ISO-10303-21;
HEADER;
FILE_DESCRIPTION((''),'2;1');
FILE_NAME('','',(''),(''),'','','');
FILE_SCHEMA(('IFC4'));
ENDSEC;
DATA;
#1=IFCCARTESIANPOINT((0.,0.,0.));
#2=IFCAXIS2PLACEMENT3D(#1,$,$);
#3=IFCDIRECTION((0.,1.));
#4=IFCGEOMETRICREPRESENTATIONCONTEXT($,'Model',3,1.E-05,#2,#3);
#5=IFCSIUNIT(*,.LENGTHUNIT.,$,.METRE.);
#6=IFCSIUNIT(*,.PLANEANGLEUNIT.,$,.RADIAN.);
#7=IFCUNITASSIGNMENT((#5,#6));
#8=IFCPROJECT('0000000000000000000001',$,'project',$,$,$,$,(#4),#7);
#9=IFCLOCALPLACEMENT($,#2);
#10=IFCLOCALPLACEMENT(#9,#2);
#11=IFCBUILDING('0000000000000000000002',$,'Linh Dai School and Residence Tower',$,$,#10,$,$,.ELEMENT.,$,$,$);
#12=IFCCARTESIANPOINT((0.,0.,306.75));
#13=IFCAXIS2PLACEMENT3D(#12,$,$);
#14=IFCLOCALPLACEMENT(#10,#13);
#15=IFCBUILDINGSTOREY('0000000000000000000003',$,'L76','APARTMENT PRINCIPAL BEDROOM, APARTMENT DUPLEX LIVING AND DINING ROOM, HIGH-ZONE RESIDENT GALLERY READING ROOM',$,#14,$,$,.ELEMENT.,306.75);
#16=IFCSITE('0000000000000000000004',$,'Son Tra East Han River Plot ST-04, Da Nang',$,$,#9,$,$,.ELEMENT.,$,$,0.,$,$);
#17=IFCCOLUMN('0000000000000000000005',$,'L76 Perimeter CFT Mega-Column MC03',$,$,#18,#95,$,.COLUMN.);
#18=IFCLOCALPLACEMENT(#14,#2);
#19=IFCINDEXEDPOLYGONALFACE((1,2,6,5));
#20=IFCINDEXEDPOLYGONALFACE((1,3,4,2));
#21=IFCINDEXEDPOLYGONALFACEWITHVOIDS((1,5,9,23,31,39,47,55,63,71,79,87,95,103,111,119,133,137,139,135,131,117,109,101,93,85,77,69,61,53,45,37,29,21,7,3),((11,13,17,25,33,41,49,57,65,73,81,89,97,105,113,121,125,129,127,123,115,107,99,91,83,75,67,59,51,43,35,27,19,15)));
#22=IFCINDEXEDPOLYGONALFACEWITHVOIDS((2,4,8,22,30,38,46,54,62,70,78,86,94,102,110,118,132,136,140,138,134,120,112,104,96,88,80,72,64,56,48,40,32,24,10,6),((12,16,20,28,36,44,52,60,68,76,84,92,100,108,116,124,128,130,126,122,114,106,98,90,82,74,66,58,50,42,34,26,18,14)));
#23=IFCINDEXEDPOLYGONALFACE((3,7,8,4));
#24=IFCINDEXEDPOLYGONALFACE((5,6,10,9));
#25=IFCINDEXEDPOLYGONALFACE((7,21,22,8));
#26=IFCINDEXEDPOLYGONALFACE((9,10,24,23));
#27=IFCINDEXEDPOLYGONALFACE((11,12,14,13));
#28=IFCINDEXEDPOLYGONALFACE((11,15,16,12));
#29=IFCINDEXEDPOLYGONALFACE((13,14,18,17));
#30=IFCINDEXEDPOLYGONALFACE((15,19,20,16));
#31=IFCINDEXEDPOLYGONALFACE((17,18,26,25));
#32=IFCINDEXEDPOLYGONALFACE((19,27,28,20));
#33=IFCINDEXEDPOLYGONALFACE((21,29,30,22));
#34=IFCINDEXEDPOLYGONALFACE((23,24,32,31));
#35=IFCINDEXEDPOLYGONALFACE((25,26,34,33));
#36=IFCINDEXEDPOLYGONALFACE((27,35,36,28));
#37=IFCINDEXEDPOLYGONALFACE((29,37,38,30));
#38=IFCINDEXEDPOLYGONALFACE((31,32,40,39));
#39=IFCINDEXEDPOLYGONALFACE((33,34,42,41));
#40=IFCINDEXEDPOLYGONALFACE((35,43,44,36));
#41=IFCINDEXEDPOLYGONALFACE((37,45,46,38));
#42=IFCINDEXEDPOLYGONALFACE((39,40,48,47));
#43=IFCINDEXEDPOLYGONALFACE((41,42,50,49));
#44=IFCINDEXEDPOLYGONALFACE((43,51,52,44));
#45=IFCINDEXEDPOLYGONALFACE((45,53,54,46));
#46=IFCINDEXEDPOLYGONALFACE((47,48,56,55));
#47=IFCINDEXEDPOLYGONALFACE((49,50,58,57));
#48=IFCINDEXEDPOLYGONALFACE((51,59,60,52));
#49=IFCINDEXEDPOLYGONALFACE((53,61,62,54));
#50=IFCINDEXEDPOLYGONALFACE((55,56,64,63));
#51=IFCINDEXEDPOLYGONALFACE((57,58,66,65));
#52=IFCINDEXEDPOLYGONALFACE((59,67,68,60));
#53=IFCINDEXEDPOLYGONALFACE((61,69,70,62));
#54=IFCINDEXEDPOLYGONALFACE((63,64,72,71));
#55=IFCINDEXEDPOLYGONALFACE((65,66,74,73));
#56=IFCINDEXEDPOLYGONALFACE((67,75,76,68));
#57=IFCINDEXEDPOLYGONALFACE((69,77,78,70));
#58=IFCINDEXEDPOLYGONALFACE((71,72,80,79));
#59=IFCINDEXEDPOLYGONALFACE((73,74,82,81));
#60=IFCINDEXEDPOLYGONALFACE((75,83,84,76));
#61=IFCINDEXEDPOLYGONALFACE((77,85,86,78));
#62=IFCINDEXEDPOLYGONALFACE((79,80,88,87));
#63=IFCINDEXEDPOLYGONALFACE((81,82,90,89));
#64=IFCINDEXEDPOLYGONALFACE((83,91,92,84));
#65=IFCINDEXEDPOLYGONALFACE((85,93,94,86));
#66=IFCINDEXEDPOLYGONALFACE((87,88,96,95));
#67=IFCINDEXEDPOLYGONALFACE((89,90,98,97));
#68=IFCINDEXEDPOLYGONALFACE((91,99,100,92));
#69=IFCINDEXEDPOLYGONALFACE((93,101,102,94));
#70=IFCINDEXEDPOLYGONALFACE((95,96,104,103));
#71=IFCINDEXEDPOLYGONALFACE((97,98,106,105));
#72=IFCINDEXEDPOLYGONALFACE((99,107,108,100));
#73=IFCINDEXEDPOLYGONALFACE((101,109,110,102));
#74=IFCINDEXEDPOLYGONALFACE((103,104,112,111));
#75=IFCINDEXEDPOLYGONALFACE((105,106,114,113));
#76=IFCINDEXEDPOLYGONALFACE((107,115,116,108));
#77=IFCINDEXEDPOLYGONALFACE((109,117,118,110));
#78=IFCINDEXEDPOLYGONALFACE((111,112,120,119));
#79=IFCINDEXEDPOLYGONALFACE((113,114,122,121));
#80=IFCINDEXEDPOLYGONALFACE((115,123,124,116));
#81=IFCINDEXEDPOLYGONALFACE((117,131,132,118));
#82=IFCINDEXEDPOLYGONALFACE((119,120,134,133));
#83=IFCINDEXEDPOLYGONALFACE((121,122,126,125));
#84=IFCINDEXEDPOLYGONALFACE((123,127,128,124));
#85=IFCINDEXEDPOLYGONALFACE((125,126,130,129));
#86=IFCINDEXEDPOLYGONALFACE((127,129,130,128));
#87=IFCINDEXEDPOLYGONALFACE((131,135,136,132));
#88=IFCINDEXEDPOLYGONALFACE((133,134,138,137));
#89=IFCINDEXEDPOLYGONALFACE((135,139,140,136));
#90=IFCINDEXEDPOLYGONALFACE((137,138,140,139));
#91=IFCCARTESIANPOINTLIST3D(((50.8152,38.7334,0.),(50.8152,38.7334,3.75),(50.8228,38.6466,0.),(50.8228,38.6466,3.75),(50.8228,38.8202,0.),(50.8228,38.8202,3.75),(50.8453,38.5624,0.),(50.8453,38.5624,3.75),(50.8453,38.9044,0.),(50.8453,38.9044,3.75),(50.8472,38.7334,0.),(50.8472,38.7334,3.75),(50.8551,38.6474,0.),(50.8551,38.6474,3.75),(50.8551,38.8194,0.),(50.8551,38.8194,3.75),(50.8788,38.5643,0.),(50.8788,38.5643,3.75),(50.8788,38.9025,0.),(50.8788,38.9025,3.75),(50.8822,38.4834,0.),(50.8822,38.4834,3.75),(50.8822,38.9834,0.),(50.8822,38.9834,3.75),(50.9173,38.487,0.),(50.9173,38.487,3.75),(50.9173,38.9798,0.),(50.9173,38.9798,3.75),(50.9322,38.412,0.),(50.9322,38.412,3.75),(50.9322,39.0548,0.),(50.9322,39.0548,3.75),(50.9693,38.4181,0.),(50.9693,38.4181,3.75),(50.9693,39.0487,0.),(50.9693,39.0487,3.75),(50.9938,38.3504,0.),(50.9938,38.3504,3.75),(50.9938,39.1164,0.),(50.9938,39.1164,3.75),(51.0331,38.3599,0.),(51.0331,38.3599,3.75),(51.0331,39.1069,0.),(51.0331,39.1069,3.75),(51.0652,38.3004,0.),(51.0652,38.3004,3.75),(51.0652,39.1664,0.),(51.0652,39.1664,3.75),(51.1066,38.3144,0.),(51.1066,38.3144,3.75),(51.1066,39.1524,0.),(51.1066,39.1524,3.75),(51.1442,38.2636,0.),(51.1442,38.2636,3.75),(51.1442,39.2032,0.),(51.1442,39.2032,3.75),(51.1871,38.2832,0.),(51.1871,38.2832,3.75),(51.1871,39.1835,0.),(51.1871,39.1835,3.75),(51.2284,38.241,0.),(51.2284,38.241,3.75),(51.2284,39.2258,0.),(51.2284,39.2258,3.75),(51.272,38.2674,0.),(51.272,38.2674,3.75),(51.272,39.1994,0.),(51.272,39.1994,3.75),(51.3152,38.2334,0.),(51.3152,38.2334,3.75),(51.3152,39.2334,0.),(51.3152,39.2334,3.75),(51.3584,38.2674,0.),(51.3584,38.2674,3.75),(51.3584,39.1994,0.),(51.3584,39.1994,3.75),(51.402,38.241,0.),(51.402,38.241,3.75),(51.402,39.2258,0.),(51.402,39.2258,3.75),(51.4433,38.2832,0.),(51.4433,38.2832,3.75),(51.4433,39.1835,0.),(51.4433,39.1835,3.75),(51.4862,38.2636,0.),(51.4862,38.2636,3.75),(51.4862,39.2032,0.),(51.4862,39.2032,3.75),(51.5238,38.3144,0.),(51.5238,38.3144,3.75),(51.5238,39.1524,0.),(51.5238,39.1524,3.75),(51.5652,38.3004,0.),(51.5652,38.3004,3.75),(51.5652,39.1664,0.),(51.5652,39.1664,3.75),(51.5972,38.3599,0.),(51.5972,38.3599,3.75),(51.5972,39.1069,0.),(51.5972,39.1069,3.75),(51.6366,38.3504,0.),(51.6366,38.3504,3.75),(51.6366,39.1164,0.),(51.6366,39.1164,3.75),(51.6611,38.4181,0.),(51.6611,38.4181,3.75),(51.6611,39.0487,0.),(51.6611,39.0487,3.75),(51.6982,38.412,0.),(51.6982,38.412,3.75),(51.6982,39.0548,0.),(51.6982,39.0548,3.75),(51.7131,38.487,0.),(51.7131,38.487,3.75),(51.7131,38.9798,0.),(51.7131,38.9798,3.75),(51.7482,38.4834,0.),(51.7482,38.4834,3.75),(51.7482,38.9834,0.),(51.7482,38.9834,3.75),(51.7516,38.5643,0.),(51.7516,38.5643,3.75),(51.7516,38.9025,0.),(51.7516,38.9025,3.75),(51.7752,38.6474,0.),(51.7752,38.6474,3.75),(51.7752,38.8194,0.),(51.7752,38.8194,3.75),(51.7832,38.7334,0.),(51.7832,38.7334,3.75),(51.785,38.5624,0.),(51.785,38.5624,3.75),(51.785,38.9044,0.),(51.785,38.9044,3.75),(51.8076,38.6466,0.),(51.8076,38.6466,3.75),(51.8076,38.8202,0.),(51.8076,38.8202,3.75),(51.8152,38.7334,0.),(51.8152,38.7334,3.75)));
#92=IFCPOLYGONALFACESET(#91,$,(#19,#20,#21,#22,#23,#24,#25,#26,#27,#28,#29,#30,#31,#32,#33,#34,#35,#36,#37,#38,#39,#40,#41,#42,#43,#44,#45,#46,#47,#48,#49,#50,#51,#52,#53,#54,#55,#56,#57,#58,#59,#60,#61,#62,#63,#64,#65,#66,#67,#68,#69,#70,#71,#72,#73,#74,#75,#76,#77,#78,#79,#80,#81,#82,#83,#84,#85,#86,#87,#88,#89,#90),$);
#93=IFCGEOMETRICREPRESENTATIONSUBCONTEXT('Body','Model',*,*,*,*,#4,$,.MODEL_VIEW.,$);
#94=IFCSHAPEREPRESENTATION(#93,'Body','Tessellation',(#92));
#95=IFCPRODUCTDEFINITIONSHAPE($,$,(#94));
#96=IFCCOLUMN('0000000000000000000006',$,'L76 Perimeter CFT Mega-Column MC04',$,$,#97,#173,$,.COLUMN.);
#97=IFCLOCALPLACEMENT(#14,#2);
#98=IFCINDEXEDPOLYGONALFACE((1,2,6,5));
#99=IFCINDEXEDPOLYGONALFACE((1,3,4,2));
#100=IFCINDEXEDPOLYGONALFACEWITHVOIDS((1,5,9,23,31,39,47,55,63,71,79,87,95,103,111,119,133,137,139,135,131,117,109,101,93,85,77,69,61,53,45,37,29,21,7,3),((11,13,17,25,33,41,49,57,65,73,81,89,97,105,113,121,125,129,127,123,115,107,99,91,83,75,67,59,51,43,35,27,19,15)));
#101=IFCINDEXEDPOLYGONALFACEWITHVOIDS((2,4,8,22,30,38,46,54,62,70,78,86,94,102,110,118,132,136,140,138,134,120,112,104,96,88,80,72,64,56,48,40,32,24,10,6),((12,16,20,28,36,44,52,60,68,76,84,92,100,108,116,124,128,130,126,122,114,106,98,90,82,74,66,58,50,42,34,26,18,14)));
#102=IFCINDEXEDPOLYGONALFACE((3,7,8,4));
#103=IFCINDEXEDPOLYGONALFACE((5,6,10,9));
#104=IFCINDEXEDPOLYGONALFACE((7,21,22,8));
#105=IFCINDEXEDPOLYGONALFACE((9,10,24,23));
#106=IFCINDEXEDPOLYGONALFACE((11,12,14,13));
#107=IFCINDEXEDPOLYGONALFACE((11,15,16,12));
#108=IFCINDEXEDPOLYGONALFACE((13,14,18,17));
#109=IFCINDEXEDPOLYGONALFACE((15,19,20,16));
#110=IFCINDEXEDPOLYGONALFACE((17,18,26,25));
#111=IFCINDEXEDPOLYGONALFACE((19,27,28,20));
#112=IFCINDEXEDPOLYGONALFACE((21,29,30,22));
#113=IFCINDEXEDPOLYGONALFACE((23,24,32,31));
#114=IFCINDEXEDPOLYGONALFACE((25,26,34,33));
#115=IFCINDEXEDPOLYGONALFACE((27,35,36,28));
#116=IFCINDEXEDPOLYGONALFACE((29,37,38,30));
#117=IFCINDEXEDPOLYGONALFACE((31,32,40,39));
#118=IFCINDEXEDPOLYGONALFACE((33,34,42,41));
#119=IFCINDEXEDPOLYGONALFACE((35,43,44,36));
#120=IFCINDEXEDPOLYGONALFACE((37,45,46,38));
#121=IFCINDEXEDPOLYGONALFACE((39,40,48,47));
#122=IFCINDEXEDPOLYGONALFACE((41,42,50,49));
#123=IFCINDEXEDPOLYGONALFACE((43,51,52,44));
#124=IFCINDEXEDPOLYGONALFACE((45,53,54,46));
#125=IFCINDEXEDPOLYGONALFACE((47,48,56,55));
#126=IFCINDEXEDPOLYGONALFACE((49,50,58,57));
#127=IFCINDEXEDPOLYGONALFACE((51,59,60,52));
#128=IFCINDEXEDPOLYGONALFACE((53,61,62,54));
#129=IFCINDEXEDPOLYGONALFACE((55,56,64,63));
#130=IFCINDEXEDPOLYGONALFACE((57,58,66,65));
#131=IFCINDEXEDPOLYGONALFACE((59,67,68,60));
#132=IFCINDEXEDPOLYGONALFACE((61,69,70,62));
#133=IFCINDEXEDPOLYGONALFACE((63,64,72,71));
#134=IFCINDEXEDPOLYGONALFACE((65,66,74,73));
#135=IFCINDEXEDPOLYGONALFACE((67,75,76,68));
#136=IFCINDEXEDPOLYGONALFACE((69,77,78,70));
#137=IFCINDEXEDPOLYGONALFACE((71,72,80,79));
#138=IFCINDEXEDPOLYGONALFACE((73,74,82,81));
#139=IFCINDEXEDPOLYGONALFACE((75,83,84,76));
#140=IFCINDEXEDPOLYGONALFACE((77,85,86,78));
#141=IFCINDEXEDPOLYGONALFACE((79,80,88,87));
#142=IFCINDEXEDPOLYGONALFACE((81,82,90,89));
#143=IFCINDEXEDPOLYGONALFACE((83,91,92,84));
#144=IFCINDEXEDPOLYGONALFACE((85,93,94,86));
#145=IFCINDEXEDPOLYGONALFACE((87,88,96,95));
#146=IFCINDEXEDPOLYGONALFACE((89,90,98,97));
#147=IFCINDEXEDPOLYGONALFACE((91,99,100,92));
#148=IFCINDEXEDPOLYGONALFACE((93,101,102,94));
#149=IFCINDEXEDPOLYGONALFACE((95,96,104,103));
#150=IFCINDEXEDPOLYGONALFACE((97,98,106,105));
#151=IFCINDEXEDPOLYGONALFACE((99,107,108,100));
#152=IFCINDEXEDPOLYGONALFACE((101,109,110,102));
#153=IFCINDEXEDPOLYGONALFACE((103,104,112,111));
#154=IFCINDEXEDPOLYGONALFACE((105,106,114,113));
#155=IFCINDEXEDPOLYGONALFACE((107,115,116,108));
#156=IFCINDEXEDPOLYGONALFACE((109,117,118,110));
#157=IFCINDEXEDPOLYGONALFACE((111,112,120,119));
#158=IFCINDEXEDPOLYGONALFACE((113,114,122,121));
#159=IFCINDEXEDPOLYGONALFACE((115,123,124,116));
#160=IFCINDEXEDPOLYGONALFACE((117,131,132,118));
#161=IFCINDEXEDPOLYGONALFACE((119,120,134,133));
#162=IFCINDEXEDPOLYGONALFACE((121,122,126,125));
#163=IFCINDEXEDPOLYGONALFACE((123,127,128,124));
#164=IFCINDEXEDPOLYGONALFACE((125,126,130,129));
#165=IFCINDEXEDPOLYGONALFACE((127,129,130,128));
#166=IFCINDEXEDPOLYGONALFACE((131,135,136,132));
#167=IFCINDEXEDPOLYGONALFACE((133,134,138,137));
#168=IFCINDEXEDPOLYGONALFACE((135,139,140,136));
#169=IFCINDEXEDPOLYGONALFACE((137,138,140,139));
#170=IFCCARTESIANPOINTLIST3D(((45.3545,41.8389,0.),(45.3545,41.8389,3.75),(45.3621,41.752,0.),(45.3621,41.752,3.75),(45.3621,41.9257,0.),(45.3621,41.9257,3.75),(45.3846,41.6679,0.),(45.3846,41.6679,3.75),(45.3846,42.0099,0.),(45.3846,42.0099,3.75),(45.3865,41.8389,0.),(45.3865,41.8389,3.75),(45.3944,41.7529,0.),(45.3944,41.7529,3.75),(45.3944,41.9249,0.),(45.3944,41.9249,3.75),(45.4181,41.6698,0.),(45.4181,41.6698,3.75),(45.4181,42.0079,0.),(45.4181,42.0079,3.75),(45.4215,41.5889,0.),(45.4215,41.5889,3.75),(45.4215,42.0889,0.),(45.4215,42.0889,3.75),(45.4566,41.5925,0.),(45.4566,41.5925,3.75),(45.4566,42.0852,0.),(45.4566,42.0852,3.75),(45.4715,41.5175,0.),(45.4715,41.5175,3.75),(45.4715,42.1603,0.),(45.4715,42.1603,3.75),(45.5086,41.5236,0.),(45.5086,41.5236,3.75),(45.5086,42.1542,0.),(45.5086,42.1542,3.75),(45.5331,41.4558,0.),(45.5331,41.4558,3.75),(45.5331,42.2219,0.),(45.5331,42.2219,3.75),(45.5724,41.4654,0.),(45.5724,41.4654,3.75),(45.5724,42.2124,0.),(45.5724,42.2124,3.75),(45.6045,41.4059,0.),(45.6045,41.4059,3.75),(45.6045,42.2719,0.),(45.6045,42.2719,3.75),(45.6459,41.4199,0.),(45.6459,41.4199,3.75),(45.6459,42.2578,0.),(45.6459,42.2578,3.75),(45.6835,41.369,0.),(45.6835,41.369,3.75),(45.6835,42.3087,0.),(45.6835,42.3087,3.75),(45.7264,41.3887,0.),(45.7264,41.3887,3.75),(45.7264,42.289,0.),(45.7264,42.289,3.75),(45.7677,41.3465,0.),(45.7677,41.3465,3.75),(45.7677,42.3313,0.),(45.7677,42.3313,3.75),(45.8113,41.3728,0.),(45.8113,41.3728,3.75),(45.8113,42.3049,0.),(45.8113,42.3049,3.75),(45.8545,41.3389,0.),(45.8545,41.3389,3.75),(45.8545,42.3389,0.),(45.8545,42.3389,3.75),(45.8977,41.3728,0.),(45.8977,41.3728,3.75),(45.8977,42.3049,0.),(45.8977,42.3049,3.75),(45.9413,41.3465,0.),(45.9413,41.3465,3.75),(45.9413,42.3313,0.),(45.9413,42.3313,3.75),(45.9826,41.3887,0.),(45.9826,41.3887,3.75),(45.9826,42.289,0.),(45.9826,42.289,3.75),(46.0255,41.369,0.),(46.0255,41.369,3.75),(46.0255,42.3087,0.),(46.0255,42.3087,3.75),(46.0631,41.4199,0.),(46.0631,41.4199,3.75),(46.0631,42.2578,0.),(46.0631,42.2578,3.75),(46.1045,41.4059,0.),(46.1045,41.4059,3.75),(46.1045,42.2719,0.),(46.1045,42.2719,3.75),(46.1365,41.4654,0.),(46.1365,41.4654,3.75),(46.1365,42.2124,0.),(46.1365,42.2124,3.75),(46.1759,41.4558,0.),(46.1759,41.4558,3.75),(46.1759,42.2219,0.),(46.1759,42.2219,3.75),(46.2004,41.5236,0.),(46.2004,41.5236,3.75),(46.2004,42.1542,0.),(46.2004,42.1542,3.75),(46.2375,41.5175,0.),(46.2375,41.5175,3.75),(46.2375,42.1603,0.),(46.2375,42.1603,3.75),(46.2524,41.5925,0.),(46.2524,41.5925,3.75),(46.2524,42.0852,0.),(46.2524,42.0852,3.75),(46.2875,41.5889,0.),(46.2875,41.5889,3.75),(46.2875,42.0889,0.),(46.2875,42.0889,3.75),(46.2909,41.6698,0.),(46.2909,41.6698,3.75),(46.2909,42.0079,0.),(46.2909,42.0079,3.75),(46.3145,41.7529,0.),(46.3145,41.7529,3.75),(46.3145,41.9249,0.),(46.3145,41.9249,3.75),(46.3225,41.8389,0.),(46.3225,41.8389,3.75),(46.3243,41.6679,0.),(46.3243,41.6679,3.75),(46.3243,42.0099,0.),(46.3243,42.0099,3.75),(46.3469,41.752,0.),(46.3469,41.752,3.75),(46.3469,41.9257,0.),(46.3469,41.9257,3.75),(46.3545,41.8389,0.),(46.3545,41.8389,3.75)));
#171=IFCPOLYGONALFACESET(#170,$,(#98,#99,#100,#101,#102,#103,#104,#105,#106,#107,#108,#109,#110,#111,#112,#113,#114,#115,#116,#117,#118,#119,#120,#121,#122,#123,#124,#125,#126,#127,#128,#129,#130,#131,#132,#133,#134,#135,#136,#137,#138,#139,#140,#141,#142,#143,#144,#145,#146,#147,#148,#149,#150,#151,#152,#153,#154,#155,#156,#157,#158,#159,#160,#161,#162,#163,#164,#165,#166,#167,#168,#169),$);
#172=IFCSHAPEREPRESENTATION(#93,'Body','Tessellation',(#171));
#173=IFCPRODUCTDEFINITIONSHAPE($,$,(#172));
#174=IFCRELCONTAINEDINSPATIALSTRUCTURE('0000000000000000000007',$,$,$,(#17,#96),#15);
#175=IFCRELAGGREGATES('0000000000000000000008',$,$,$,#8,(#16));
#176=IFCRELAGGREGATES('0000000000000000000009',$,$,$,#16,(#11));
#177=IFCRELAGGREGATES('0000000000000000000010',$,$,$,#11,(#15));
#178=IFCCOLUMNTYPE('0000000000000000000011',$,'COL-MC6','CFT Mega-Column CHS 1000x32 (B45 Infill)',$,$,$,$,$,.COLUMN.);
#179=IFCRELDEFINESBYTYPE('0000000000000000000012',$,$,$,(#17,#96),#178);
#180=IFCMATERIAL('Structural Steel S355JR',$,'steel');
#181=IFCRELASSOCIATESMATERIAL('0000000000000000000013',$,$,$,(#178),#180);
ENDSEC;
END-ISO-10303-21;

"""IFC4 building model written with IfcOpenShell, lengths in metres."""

from ifc_helpers import new_model, si_unit, direction, frame, origin, origin_2d, place, context, subcontext, project, spatial, hollow_circle, extrude, material, material_profile, profile_set, type_object, element, save


model = new_model("IFC4")

# Units and contexts
model_context = context("Model", 3, precision=1e-05, world=origin(), true_north=direction((0.0, 1.0)))
body_context = subcontext(model_context, "Body", "Model", "MODEL_VIEW")
ifc_project = project(units=[si_unit("LENGTHUNIT", "METRE"), si_unit("PLANEANGLEUNIT", "RADIAN")], contexts=[model_context])

# Site, building, storey
site_placement = place(None, origin())
site = spatial("IfcSite", under=ifc_project, at=site_placement, Name="Son Tra East Han River Plot ST-04, Da Nang", CompositionType="ELEMENT", RefElevation=0.0)
building_placement = place(site_placement, origin())
building = spatial("IfcBuilding", under=site, at=building_placement, Name="Linh Dai School and Residence Tower", CompositionType="ELEMENT")
storey_placement = place(building_placement, frame((0.0, 0.0, 306.75)))
storey = spatial("IfcBuildingStorey", under=building, at=storey_placement, Name="L76", Description="APARTMENT PRINCIPAL BEDROOM, APARTMENT DUPLEX LIVING AND DINING ROOM, HIGH-ZONE RESIDENT GALLERY READING ROOM", CompositionType="ELEMENT", Elevation=306.75)

# Columns
ifc_material_1 = material(Name="Structural Steel S355JR", Category="steel")
ifc_material_profile_1 = material_profile(ifc_material_1, hollow_circle(Radius=0.5, WallThickness=0.032, at=origin_2d()), Name="CHS 1000x32")
ifc_profile_set_1 = profile_set([ifc_material_profile_1], Name="Structural Steel S355JR")
column_type = type_object("IfcColumnType", Name="COL-MC6", Description="CFT Mega-Column CHS 1000x32 (B45 Infill)", PredefinedType="COLUMN", material=ifc_profile_set_1)
for number, where, z_axis, x_axis, name in (
    (1, (51.3152, 38.7334, 0.0), (0.0, 0.0, 1.0), (1.0, 0.0, 0.0), "L76 Perimeter CFT Mega-Column MC03"),
    (2, (45.8545, 41.8389, 0.0), (0.0, 0.0, 1.0), (1.0, 0.0, 0.0), "L76 Perimeter CFT Mega-Column MC04"),
):
    element("IfcColumn", number, at=place(storey_placement, frame(where, z_axis=z_axis, x_axis=x_axis)), inside=storey, type_object=column_type, Name=name, PredefinedType="COLUMN", context=body_context, shape_type="SweptSolid", body=[
        extrude(hollow_circle(Radius=0.5, WallThickness=0.032, at=origin_2d()), origin(), (0.0, 0.0, 1.0), 3.75),
    ])

save(model, "model.ifc")
